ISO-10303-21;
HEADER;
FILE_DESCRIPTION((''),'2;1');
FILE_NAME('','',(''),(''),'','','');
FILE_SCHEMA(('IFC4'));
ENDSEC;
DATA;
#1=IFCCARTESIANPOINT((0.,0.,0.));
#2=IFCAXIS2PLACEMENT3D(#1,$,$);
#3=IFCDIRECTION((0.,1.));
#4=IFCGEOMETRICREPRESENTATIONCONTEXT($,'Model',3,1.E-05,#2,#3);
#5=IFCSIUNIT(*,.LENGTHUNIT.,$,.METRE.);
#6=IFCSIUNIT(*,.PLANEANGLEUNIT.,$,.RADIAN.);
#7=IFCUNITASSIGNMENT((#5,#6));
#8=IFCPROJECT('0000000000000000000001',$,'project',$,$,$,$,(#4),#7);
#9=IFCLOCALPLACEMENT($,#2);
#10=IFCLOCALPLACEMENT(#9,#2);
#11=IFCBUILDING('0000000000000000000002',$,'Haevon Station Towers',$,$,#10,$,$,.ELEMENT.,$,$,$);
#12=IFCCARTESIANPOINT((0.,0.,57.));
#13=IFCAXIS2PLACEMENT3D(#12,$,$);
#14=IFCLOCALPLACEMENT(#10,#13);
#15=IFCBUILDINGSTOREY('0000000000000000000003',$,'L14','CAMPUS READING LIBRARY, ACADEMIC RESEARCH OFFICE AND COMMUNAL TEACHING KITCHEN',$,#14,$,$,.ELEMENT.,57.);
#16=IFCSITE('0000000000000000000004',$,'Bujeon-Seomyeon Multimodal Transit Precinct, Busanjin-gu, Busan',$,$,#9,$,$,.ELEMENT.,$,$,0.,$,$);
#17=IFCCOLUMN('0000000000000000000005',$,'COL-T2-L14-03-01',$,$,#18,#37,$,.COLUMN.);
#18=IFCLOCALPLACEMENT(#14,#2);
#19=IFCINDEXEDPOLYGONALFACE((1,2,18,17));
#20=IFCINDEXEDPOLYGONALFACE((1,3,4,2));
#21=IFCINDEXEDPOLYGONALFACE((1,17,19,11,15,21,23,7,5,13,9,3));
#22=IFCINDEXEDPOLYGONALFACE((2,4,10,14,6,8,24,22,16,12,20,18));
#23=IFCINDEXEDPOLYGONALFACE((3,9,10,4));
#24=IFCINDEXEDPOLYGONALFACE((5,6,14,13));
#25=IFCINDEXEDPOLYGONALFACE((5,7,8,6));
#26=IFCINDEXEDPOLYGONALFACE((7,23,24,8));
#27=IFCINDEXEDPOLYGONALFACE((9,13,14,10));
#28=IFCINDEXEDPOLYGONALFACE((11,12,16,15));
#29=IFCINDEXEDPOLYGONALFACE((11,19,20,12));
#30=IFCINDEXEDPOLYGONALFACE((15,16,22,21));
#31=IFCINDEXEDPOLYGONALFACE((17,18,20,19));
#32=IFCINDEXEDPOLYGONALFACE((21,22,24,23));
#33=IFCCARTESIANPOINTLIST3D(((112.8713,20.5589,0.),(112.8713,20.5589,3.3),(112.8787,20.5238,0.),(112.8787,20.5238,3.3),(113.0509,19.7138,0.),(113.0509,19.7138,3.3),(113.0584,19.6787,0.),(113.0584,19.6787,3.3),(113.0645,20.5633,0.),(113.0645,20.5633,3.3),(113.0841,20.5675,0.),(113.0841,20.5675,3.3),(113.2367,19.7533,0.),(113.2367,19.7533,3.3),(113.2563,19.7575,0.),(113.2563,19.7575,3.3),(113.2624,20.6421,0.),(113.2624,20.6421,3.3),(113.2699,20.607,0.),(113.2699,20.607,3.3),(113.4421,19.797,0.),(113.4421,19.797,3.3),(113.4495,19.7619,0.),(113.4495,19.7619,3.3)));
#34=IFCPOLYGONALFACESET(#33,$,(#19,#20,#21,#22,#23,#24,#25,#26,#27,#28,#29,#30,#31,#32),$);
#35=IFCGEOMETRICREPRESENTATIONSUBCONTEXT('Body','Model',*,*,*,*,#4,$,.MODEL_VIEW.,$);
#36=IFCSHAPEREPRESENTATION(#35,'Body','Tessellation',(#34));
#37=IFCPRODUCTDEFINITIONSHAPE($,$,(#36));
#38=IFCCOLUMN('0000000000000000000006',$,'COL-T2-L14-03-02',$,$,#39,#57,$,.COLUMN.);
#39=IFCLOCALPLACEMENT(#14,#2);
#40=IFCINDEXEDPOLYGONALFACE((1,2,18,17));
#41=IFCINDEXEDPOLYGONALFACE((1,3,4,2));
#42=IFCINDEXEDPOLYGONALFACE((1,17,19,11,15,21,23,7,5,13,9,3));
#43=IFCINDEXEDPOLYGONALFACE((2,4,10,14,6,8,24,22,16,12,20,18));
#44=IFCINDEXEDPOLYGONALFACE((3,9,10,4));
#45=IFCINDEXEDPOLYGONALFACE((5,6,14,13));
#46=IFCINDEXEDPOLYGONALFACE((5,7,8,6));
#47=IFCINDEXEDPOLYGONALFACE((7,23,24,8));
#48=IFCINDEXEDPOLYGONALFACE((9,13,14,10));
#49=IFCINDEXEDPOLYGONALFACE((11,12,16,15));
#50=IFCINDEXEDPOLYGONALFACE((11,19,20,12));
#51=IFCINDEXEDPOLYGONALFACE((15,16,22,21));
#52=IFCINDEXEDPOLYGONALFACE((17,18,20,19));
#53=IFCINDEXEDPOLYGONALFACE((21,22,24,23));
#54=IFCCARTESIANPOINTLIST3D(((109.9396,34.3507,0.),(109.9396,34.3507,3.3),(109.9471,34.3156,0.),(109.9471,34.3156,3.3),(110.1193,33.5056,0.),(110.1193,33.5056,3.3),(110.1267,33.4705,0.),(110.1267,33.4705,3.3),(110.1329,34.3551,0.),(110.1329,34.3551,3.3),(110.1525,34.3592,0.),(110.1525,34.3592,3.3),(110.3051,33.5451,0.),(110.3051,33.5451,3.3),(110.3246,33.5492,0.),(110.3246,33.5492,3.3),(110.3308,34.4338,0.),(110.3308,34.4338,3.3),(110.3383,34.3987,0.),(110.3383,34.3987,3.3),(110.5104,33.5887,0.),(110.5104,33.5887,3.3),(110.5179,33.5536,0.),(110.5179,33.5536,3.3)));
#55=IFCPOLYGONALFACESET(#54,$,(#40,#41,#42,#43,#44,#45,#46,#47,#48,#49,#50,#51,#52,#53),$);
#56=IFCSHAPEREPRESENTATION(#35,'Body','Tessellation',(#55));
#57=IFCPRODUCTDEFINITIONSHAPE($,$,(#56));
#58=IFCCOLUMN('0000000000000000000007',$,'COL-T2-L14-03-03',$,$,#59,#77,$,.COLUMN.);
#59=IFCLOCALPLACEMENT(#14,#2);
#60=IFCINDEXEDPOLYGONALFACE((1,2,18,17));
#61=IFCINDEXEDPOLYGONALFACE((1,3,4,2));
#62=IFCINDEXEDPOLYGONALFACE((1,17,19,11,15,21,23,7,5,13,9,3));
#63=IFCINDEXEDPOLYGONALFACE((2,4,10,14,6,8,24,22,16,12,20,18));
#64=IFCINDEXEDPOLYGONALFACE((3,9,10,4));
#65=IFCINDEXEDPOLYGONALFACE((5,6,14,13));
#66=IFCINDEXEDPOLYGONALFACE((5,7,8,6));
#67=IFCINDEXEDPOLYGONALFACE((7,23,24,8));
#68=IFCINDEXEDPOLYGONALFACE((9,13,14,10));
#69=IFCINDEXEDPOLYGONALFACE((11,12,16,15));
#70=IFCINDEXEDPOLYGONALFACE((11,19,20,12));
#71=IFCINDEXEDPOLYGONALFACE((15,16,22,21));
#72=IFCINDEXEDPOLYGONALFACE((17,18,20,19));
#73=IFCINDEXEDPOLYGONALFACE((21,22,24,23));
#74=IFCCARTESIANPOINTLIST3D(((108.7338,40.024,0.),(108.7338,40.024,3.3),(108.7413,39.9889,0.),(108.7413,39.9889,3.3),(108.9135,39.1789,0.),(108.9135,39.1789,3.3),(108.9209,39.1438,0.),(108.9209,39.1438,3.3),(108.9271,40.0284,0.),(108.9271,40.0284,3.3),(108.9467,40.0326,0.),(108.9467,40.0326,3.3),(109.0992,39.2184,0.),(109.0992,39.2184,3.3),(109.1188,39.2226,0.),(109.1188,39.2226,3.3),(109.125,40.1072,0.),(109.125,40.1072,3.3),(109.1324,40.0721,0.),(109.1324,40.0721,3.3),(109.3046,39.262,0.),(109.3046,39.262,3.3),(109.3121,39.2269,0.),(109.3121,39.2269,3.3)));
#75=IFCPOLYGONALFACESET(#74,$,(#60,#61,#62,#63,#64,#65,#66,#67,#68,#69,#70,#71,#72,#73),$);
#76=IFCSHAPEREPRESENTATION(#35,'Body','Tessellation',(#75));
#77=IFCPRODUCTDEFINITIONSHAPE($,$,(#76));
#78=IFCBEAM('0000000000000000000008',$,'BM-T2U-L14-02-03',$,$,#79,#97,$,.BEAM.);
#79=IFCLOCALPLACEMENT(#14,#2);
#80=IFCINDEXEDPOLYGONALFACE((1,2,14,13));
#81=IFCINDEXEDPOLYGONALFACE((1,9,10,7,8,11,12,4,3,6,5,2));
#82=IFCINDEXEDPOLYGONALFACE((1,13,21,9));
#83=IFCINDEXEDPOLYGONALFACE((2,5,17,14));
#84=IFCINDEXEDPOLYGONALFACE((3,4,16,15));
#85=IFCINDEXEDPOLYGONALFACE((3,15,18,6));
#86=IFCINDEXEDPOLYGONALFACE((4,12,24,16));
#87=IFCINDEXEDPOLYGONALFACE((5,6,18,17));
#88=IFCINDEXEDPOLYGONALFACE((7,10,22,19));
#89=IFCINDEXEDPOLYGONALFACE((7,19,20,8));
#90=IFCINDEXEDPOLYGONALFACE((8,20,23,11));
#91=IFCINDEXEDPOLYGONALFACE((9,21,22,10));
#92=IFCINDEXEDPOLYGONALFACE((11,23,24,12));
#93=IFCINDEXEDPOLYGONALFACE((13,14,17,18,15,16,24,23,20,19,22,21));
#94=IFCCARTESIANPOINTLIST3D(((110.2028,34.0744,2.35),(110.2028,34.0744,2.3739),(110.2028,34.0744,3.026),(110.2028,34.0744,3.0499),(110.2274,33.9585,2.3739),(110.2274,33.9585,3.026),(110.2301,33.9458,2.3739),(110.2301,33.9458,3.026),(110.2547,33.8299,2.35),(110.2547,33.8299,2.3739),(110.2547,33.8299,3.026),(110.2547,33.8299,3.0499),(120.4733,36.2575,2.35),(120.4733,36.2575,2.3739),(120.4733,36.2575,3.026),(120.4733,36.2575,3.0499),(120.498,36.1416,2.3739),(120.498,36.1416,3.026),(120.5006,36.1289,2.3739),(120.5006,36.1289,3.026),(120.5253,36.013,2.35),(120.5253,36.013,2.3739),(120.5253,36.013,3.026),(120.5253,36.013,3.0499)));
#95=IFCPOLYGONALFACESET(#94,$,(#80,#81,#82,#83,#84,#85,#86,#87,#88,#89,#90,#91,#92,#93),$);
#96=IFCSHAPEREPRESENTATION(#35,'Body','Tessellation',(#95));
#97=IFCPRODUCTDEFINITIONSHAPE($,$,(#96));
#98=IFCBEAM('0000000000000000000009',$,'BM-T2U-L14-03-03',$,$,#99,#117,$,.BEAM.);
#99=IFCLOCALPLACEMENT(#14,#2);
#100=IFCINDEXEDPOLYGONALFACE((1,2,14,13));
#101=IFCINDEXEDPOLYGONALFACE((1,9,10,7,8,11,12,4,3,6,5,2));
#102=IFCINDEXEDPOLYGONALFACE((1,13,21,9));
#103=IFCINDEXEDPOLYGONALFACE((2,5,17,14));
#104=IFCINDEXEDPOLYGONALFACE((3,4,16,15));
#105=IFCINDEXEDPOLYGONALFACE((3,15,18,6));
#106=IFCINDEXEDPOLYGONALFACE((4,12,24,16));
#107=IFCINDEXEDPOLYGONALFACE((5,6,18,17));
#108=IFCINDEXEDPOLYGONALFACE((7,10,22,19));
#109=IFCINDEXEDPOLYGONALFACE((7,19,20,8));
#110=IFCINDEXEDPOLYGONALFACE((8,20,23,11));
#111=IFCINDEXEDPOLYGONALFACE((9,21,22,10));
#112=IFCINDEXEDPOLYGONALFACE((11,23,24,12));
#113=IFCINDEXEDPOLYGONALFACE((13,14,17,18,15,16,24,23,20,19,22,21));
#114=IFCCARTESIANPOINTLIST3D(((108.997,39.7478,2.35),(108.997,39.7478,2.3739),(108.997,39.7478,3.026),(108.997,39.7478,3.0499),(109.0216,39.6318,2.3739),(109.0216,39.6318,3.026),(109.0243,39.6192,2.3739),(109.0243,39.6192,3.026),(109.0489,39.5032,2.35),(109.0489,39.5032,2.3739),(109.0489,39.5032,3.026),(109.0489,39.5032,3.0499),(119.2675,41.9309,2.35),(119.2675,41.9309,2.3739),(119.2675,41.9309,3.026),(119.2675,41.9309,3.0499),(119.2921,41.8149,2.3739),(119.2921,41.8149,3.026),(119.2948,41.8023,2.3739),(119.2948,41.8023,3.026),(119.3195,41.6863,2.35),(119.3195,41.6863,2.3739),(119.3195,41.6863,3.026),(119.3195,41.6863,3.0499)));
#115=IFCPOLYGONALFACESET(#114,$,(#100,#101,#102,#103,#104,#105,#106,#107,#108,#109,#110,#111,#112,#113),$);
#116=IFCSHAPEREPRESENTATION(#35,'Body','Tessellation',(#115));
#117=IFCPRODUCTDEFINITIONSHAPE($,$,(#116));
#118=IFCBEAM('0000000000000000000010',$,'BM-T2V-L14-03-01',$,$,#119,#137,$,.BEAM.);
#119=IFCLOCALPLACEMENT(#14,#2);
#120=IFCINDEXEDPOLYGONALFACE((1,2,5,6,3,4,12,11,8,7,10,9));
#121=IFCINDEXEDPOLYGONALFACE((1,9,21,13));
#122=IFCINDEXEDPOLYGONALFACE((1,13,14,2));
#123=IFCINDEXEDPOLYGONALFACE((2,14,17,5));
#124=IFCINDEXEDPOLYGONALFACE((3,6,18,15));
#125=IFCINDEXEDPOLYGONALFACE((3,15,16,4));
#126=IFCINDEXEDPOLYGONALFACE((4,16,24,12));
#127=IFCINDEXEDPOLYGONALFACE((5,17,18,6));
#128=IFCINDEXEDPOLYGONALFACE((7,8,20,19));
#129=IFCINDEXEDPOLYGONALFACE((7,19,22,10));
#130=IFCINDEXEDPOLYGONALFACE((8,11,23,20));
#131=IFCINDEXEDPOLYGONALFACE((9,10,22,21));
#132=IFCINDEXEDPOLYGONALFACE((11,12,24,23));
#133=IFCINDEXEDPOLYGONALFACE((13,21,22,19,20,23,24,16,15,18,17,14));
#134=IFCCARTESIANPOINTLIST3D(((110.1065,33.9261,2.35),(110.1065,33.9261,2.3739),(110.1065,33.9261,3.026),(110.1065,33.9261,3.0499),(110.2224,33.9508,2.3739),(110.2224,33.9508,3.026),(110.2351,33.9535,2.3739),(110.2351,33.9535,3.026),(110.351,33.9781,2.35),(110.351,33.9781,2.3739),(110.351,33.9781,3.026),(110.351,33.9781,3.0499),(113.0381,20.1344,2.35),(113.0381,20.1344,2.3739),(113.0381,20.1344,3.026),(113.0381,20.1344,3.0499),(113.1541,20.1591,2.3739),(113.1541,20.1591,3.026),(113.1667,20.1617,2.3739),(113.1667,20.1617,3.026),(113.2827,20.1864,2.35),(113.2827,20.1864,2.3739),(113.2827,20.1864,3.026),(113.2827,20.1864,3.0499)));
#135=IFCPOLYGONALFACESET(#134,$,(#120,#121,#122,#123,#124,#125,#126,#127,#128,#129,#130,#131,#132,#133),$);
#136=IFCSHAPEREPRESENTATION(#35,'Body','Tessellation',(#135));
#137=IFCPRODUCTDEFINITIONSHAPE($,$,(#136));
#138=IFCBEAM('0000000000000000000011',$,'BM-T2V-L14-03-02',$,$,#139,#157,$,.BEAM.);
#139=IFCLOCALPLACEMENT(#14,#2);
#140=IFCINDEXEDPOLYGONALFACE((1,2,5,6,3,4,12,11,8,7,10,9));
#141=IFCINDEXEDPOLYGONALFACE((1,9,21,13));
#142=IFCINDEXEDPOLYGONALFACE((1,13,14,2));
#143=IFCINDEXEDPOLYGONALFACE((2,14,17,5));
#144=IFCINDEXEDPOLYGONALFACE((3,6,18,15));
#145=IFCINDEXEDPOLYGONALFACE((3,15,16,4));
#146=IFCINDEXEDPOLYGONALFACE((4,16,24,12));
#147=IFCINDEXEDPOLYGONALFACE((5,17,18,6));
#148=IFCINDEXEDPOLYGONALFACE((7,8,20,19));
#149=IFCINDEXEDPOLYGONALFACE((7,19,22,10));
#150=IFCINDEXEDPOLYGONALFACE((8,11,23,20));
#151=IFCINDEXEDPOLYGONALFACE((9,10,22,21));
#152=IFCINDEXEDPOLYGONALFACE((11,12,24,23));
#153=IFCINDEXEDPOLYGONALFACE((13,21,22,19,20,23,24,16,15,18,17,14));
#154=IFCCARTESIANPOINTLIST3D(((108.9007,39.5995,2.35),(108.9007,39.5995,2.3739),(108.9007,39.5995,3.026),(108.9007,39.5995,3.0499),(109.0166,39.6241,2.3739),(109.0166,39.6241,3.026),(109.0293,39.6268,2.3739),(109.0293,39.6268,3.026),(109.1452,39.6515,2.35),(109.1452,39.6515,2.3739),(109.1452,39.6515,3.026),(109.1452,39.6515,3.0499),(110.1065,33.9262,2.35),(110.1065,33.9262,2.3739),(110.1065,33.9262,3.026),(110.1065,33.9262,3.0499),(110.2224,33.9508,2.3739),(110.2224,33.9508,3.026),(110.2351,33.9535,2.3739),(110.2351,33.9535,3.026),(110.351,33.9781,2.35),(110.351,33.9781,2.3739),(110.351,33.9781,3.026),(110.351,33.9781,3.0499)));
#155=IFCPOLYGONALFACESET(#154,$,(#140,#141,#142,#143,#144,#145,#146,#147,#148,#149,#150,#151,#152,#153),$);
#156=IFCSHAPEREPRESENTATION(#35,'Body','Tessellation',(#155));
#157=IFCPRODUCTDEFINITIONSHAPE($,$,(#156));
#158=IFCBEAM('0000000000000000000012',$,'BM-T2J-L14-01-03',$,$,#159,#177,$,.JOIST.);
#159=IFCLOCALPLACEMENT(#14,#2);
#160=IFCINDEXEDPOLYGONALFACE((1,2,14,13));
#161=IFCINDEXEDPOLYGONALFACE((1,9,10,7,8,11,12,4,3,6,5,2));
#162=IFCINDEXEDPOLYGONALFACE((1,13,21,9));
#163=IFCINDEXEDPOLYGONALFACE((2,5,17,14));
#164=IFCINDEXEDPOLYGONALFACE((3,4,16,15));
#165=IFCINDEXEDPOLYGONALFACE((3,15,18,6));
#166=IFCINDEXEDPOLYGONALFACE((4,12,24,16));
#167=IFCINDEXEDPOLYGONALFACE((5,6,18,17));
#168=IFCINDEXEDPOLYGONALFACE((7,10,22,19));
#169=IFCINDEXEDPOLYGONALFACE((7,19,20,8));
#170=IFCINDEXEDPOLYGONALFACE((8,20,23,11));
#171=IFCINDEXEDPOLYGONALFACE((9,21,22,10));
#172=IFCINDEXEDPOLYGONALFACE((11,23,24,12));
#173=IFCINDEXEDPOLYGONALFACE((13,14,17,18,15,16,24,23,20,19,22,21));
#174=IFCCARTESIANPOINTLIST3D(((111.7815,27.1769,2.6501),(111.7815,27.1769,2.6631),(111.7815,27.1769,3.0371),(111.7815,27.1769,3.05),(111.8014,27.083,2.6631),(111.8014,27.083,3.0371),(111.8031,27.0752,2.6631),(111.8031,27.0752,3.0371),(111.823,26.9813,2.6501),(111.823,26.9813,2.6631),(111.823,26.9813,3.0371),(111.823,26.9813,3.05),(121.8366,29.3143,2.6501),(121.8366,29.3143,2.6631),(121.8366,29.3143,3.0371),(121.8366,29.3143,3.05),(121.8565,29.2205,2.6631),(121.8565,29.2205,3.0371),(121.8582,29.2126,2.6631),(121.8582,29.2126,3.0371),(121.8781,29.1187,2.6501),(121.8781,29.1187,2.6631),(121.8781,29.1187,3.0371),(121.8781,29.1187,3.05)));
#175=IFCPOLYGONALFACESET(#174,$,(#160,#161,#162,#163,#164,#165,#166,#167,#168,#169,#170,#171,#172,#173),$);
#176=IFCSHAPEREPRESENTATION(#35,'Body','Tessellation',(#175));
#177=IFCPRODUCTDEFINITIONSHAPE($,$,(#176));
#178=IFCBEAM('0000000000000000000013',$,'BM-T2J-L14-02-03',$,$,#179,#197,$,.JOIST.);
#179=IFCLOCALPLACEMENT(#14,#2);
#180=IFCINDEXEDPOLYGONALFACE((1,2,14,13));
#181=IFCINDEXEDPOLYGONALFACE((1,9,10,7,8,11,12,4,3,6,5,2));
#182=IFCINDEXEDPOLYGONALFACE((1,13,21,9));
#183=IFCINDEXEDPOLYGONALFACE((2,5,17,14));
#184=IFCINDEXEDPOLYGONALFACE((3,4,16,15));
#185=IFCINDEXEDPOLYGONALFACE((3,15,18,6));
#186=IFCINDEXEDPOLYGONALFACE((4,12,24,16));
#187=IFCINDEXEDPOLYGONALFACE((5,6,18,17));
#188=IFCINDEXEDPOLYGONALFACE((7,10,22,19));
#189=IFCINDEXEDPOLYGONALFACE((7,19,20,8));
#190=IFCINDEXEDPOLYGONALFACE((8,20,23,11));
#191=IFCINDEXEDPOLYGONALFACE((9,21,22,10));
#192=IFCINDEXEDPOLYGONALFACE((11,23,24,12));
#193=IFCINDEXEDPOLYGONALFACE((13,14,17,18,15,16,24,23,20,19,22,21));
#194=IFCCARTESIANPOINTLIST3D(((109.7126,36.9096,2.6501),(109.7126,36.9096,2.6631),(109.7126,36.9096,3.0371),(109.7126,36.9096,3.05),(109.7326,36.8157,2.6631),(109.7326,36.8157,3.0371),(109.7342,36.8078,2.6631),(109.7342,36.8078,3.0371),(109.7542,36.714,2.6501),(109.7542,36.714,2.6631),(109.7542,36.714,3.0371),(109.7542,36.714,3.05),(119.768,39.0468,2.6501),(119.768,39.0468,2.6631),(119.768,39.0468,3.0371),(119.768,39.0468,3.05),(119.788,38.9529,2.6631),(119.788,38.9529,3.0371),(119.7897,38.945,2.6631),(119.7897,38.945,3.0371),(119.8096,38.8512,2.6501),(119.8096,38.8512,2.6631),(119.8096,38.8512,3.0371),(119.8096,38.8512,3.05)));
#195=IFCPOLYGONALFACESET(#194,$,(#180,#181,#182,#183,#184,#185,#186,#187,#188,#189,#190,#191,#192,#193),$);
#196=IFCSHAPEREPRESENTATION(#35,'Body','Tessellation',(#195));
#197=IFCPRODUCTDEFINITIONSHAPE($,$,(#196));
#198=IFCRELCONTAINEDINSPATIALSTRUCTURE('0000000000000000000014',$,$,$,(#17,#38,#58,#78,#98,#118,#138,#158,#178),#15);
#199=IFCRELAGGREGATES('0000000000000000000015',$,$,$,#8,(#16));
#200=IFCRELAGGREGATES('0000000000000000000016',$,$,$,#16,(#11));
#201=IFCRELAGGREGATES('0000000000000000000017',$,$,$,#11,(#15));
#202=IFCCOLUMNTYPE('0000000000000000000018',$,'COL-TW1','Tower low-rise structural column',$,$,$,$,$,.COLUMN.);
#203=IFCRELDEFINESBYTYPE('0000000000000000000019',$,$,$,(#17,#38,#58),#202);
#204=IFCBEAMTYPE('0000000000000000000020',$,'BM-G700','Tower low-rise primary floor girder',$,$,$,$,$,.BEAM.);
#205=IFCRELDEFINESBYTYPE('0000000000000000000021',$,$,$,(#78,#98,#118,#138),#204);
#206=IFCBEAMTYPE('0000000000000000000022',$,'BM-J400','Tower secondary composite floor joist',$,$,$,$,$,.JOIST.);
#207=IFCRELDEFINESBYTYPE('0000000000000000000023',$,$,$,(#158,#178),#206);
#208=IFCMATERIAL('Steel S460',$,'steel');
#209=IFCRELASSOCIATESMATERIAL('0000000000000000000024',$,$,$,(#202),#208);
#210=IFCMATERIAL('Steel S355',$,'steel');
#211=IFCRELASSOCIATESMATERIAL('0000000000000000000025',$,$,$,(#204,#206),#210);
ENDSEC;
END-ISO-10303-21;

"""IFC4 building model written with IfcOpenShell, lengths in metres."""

from ifc_helpers import new_model, si_unit, direction, frame, origin, origin_2d, place, context, subcontext, project, spatial, i_section, extrude, material, material_profile, profile_set, type_object, element, save


model = new_model("IFC4")

# Units and contexts
model_context = context("Model", 3, precision=1e-05, world=origin(), true_north=direction((0.0, 1.0)))
body_context = subcontext(model_context, "Body", "Model", "MODEL_VIEW")
ifc_project = project(units=[si_unit("LENGTHUNIT", "METRE"), si_unit("PLANEANGLEUNIT", "RADIAN")], contexts=[model_context])

# Site, building, storey
site_placement = place(None, origin())
site = spatial("IfcSite", under=ifc_project, at=site_placement, Name="Bujeon-Seomyeon Multimodal Transit Precinct, Busanjin-gu, Busan", CompositionType="ELEMENT", RefElevation=0.0)
building_placement = place(site_placement, origin())
building = spatial("IfcBuilding", under=site, at=building_placement, Name="Haevon Station Towers", CompositionType="ELEMENT")
storey_placement = place(building_placement, frame((0.0, 0.0, 57.0)))
storey = spatial("IfcBuildingStorey", under=building, at=storey_placement, Name="L14", Description="CAMPUS READING LIBRARY, ACADEMIC RESEARCH OFFICE AND COMMUNAL TEACHING KITCHEN", CompositionType="ELEMENT", Elevation=57.0)

# Columns
ifc_material_1 = material(Name="Steel S460", Category="steel")
ifc_material_profile_1 = material_profile(ifc_material_1, i_section(OverallWidth=0.3999, OverallDepth=0.8999, WebThickness=0.02, FlangeThickness=0.0359, at=origin_2d()), Name="H-900x400x20x36")
ifc_profile_set_1 = profile_set([ifc_material_profile_1], Name="Steel S460")
column_type = type_object("IfcColumnType", Name="COL-TW1", Description="Tower low-rise structural column", PredefinedType="COLUMN", material=ifc_profile_set_1)
for number, where, z_axis, x_axis, name in (
    (1, (113.1604, 20.1604, 0.0), (0.0, 0.0, 1.0), (0.978148, 0.207912, 0.0), "COL-T2-L14-03-01"),
    (2, (110.2288, 33.9521, 0.0), (0.0, 0.0, 1.0), (0.978148, 0.207912, 0.0), "COL-T2-L14-03-02"),
    (3, (109.0229, 39.6255, 0.0), (0.0, 0.0, 1.0), (0.978148, 0.207912, 0.0), "COL-T2-L14-03-03"),
):
    element("IfcColumn", number, at=place(storey_placement, frame(where, z_axis=z_axis, x_axis=x_axis)), inside=storey, type_object=column_type, Name=name, PredefinedType="COLUMN", context=body_context, shape_type="SweptSolid", body=[
        extrude(i_section(OverallWidth=0.3999, OverallDepth=0.8999, WebThickness=0.02, FlangeThickness=0.0359, at=origin_2d()), origin(), (0.0, 0.0, 1.0), 3.3),
    ])

# Beams
ifc_material_2 = material(Name="Steel S355", Category="steel")
ifc_material_profile_2 = material_profile(ifc_material_2, i_section(OverallWidth=0.25, OverallDepth=0.7, WebThickness=0.0129, FlangeThickness=0.0239, at=origin_2d()), Name="H-700x250x13x24")
ifc_profile_set_2 = profile_set([ifc_material_profile_2], Name="Steel S355")
beam_type_1 = type_object("IfcBeamType", Name="BM-G700", Description="Tower low-rise primary floor girder", PredefinedType="BEAM", material=ifc_profile_set_2)
for number, where, z_axis, x_axis, name in (
    (4, (110.2288, 33.9521, 2.7), (0.978147, 0.207915, 0.0), (-0.207915, 0.978147, 0.0), "BM-T2U-L14-02-03"),
    (5, (109.0229, 39.6255, 2.7), (0.978147, 0.207915, 0.0), (-0.207915, 0.978147, 0.0), "BM-T2U-L14-03-03"),
):
    element("IfcBeam", number, at=place(storey_placement, frame(where, z_axis=z_axis, x_axis=x_axis)), inside=storey, type_object=beam_type_1, Name=name, PredefinedType="BEAM", context=body_context, shape_type="SweptSolid", body=[
        extrude(i_section(OverallWidth=0.25, OverallDepth=0.7, WebThickness=0.0129, FlangeThickness=0.0239, at=origin_2d()), origin(), (0.0, 0.0, 1.0), 10.5),
    ])
beam_1_placement = place(storey_placement, frame((113.1604, 20.1604, 2.7), z_axis=(-0.207919, 0.978146, 0.0), x_axis=(-0.978146, -0.207919, 0.0)))
element("IfcBeam", 6, at=beam_1_placement, inside=storey, type_object=beam_type_1, Name="BM-T2V-L14-03-01", PredefinedType="BEAM", context=body_context, shape_type="SweptSolid", body=[
    extrude(i_section(OverallWidth=0.25, OverallDepth=0.7, WebThickness=0.0129, FlangeThickness=0.0239, at=origin_2d()), origin(), (0.0, 0.0, 1.0), 14.0999),
])
beam_2_placement = place(storey_placement, frame((110.2288, 33.9521, 2.7), z_axis=(-0.207896, 0.978151, 0.0), x_axis=(-0.978151, -0.207896, 0.0)))
element("IfcBeam", 7, at=beam_2_placement, inside=storey, type_object=beam_type_1, Name="BM-T2V-L14-03-02", PredefinedType="BEAM", context=body_context, shape_type="SweptSolid", body=[
    extrude(i_section(OverallWidth=0.25, OverallDepth=0.7, WebThickness=0.0129, FlangeThickness=0.0239, at=origin_2d()), origin(), (0.0, 0.0, 1.0), 5.8),
])
ifc_material_profile_3 = material_profile(ifc_material_2, i_section(OverallWidth=0.2, OverallDepth=0.3999, WebThickness=0.0081, FlangeThickness=0.0129, at=origin_2d()), Name="H-400x200x8x13")
ifc_profile_set_3 = profile_set([ifc_material_profile_3], Name="Steel S355")
beam_type_2 = type_object("IfcBeamType", Name="BM-J400", Description="Tower secondary composite floor joist", PredefinedType="JOIST", material=ifc_profile_set_3)
beam_3_placement = place(storey_placement, frame((111.8022, 27.0791, 2.8501), z_axis=(0.978144, 0.207926, 0.0), x_axis=(-0.207926, 0.978144, 0.0)))
element("IfcBeam", 8, at=beam_3_placement, inside=storey, type_object=beam_type_2, Name="BM-T2J-L14-01-03", PredefinedType="JOIST", context=body_context, shape_type="SweptSolid", body=[
    extrude(i_section(OverallWidth=0.2, OverallDepth=0.3999, WebThickness=0.0081, FlangeThickness=0.0129, at=origin_2d()), origin(), (0.0, 0.0, 1.0), 10.2798),
])
beam_4_placement = place(storey_placement, frame((109.7334, 36.8118, 2.8501), z_axis=(0.97815, 0.207899, 0.0), x_axis=(-0.207899, 0.97815, 0.0)))
element("IfcBeam", 9, at=beam_4_placement, inside=storey, type_object=beam_type_2, Name="BM-T2J-L14-02-03", PredefinedType="JOIST", context=body_context, shape_type="SweptSolid", body=[
    extrude(i_section(OverallWidth=0.2, OverallDepth=0.3999, WebThickness=0.0081, FlangeThickness=0.0129, at=origin_2d()), origin(), (0.0, 0.0, 1.0), 10.28),
])

save(model, "model.ifc")
